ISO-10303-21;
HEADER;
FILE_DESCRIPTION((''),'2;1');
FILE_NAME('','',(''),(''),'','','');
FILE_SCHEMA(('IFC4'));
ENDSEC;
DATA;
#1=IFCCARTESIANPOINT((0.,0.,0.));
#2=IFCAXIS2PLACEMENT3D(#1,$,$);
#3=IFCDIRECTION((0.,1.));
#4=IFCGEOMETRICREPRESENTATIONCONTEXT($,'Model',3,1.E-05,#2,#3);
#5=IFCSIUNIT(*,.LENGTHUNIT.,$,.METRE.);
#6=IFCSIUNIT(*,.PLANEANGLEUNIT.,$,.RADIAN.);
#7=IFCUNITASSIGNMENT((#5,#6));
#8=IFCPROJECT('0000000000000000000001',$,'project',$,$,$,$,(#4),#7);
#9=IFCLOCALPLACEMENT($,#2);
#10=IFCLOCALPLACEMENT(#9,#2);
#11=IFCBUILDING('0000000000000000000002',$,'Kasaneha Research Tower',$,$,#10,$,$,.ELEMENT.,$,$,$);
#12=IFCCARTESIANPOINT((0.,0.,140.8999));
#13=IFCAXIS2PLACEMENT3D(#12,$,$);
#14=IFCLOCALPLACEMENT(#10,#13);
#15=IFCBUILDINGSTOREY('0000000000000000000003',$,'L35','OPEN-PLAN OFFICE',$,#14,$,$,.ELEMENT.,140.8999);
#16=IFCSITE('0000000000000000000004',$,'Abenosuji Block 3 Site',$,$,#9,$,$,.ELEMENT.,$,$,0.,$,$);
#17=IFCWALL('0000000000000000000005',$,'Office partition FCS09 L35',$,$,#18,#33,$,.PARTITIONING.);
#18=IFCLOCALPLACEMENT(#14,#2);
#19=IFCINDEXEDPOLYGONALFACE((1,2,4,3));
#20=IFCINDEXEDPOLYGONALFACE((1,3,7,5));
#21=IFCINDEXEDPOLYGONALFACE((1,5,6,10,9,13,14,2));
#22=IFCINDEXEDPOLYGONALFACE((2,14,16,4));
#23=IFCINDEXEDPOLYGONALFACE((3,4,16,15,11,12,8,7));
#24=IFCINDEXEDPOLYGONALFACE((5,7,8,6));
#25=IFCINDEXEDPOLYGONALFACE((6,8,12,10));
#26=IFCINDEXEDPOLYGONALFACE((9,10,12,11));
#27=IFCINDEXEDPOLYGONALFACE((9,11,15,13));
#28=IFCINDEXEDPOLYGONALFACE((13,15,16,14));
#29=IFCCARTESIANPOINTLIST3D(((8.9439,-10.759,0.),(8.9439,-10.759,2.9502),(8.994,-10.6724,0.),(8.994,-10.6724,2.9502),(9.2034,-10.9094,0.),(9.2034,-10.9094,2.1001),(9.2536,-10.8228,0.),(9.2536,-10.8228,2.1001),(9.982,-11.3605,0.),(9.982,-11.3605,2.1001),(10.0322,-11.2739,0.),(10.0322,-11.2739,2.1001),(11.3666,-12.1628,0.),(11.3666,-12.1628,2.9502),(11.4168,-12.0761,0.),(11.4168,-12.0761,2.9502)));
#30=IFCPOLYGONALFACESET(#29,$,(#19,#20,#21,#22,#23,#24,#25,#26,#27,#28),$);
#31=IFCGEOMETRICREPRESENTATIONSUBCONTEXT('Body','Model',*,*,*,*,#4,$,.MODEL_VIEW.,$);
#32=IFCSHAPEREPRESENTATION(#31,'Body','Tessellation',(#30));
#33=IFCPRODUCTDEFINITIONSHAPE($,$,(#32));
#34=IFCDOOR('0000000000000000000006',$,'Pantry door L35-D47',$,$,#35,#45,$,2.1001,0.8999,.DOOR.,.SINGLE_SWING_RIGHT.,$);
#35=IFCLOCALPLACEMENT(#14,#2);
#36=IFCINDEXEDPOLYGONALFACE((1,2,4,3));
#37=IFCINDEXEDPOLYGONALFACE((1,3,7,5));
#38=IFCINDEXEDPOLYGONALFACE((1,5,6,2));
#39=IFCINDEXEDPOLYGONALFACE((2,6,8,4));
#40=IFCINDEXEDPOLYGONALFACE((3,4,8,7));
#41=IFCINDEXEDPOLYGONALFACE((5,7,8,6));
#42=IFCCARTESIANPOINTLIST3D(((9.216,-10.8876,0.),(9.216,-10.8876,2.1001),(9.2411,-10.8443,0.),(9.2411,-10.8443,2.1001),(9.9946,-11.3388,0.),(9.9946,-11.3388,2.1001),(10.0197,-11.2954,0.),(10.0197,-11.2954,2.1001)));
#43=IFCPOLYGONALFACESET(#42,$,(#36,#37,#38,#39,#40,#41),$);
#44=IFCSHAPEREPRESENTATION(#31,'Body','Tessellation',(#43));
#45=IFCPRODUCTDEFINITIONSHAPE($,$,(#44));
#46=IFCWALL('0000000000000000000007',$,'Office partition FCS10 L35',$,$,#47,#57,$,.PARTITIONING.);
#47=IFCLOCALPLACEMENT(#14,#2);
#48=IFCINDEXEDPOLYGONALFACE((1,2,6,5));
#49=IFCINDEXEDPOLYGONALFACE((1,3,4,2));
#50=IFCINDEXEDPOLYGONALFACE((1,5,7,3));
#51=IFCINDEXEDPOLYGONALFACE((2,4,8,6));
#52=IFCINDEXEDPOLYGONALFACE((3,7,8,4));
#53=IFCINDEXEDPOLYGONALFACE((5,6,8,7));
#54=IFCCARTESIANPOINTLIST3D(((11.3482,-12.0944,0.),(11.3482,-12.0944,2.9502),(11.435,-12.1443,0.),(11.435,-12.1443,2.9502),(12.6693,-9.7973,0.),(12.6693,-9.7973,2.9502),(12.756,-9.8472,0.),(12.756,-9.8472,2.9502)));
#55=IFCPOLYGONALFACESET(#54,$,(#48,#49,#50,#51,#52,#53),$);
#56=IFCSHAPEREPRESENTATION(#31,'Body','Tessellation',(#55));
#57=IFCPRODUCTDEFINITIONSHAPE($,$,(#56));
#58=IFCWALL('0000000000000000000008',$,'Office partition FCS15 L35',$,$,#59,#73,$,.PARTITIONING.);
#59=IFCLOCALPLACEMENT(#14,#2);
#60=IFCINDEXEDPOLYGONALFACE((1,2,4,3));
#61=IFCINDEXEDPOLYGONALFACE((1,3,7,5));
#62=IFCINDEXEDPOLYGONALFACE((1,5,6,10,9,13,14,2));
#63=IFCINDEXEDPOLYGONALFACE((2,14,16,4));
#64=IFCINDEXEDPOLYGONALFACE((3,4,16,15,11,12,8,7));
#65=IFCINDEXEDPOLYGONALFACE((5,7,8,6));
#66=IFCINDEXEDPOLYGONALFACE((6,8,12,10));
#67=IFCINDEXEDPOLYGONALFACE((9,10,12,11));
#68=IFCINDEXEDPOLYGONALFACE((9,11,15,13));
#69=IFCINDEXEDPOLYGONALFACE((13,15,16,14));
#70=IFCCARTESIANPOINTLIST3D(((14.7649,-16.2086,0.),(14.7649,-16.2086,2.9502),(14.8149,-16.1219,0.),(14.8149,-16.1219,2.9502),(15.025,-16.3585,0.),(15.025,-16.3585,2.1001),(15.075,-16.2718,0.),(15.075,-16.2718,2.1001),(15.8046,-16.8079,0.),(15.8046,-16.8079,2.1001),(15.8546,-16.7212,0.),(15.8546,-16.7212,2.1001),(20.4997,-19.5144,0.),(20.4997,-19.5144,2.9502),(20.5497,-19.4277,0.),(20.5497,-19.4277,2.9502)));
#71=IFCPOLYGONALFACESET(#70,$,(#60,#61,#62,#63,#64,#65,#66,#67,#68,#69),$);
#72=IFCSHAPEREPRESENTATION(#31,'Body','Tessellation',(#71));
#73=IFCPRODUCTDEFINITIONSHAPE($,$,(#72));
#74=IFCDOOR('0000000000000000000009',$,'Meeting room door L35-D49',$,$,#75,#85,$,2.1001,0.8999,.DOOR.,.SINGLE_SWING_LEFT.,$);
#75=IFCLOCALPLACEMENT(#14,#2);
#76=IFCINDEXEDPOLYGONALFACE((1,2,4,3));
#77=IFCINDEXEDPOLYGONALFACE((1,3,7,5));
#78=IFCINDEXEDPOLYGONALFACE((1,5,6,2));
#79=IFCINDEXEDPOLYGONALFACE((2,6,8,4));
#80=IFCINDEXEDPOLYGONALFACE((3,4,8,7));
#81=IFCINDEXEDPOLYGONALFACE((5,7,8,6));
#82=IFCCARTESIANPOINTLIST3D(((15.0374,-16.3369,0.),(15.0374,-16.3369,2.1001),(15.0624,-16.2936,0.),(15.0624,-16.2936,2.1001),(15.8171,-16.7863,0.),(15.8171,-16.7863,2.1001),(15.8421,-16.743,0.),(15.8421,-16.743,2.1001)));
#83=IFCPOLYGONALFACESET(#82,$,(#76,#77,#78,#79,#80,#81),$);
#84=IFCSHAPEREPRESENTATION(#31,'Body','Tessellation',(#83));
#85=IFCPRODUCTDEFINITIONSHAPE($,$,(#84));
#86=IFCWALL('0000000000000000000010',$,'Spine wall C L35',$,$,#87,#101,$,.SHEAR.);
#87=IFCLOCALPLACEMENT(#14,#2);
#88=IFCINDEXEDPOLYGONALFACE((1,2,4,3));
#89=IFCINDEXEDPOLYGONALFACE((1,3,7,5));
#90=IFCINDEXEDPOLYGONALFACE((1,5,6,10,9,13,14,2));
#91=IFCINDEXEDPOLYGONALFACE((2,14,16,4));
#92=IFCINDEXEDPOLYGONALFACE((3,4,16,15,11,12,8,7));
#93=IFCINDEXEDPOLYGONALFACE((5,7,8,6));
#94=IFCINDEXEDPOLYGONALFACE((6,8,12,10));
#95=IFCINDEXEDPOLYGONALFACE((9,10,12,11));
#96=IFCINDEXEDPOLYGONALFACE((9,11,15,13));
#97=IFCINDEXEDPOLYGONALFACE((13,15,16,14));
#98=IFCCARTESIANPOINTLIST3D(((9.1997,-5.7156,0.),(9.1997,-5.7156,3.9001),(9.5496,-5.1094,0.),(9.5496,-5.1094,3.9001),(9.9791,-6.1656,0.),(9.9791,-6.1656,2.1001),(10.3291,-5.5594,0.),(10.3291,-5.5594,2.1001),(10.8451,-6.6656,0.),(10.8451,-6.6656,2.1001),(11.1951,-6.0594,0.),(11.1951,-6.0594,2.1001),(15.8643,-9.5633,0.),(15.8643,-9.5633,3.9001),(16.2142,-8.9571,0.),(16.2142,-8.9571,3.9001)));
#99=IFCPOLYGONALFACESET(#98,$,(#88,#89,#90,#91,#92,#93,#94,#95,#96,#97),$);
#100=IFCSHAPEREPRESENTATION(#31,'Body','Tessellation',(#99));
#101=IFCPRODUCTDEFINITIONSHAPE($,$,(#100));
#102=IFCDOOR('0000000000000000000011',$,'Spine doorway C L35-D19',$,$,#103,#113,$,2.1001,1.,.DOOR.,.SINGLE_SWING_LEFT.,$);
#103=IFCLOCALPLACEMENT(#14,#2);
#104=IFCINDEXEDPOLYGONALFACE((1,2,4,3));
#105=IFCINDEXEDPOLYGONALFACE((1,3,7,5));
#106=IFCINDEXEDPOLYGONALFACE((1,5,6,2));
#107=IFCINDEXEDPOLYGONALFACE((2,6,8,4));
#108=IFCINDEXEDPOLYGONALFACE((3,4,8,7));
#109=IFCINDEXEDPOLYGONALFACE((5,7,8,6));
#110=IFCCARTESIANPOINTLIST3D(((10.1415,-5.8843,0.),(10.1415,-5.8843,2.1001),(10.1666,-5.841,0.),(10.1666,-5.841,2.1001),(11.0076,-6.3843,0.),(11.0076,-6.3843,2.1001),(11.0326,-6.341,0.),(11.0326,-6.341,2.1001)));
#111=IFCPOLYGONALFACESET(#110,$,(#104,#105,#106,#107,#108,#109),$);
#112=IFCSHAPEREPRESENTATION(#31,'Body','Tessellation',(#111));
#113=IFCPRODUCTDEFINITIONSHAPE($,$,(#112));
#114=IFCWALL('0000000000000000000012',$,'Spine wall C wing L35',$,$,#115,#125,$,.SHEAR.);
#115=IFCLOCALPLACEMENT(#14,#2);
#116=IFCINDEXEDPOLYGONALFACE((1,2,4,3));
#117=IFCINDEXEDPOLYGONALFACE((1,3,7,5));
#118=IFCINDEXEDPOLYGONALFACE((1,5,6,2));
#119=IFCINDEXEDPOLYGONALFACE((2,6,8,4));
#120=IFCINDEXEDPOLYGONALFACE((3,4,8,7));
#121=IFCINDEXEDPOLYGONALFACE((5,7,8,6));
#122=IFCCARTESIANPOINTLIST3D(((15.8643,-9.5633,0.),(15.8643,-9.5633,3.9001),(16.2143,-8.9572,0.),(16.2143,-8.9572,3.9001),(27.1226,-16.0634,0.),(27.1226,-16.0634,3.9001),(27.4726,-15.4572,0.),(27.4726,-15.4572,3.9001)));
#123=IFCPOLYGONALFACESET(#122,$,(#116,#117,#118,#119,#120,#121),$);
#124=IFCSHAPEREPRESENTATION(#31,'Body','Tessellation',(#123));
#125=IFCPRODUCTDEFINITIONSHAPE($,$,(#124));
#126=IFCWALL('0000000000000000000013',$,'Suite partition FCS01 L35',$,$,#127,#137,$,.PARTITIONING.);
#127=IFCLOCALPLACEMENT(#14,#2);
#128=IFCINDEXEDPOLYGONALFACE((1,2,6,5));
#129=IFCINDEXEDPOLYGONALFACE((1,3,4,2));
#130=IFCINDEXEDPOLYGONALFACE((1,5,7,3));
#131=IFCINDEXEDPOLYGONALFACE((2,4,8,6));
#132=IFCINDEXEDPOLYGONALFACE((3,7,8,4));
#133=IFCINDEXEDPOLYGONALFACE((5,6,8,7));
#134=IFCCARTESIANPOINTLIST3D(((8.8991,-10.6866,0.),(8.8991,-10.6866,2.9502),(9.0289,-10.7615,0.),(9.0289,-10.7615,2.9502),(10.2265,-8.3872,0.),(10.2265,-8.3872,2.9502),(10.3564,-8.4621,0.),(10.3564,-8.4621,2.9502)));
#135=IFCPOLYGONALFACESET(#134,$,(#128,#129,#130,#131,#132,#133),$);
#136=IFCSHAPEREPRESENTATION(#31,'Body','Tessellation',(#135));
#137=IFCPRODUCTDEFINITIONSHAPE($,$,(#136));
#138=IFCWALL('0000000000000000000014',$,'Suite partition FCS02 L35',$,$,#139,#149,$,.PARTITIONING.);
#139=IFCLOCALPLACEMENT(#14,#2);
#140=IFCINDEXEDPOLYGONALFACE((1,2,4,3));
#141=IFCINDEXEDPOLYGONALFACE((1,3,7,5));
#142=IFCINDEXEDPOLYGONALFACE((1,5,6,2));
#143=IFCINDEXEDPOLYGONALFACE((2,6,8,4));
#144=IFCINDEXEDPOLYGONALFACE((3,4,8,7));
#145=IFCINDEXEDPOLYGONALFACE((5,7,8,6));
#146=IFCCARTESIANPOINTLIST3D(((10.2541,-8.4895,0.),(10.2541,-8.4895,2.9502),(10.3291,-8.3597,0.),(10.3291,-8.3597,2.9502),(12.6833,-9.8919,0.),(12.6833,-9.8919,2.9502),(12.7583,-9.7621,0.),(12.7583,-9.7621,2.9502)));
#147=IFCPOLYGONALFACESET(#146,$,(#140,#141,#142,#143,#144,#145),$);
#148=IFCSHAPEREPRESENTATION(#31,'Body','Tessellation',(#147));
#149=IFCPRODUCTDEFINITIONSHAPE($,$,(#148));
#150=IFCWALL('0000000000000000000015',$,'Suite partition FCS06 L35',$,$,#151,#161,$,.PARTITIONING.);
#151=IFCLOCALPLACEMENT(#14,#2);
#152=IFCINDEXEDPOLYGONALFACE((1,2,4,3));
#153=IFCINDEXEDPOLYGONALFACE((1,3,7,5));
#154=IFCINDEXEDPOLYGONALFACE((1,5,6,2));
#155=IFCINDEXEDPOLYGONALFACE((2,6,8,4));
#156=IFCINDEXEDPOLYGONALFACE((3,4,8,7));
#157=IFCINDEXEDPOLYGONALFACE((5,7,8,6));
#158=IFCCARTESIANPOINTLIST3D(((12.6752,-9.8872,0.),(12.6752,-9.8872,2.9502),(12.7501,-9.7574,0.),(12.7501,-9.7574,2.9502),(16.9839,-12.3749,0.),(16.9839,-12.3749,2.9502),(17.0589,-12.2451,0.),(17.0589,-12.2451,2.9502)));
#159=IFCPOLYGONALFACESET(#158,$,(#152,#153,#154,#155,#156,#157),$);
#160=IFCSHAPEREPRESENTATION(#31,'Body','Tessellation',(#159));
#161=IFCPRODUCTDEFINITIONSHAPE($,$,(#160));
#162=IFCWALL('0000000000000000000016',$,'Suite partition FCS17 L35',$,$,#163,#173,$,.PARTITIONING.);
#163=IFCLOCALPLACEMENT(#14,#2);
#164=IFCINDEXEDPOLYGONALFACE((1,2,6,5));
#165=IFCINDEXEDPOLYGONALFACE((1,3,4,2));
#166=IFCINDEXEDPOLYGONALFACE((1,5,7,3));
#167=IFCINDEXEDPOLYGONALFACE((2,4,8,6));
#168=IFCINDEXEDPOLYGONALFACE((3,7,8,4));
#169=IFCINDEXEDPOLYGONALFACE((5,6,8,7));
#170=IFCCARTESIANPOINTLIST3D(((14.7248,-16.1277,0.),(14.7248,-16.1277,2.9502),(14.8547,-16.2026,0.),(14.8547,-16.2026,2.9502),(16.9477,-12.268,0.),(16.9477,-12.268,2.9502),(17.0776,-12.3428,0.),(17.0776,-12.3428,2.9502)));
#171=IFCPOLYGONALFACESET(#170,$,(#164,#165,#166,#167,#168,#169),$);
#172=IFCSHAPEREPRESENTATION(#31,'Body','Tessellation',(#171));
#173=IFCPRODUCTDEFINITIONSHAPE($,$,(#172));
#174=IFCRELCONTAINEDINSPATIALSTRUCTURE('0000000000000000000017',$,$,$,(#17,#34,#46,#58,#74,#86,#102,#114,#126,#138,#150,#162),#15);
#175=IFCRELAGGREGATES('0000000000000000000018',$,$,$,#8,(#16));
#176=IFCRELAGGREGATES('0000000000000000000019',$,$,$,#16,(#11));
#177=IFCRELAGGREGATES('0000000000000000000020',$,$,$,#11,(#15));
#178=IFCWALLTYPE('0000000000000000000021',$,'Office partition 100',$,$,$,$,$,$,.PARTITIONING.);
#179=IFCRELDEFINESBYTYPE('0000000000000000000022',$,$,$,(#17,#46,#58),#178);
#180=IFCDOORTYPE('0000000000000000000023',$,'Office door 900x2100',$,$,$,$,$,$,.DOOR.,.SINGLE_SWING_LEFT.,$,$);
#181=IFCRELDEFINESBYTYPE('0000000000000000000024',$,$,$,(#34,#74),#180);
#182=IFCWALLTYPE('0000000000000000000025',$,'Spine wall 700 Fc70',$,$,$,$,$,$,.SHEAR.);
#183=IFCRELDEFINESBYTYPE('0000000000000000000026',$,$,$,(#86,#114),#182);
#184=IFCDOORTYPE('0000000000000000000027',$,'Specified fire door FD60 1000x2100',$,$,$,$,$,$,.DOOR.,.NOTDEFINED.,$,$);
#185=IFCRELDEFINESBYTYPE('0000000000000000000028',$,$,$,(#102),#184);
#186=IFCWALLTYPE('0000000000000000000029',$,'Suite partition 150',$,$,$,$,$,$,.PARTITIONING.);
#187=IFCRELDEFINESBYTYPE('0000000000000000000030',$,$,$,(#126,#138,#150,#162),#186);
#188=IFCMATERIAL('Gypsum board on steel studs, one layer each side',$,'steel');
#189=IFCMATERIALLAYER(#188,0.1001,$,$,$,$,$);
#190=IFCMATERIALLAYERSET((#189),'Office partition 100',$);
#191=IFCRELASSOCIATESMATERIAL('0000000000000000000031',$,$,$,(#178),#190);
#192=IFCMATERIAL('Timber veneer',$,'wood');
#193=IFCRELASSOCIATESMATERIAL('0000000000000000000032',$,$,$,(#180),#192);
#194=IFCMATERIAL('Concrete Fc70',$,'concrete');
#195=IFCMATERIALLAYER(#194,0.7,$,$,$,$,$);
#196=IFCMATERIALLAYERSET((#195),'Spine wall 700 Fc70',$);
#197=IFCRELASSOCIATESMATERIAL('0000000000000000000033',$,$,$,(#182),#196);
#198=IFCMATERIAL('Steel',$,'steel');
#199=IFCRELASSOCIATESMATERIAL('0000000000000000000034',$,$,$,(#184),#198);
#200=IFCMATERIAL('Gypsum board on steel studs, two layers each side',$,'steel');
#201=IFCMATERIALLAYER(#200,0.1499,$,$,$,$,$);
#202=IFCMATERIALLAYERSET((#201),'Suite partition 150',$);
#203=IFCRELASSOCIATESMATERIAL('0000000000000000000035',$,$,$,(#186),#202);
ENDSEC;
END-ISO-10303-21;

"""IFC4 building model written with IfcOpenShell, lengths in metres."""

from ifc_helpers import new_model, si_unit, direction, frame, frame_2d, origin, place, context, subcontext, project, spatial, rectangle, extrude, material, layer, layer_set, type_object, element, fill, save


model = new_model("IFC4")

# Units and contexts
model_context = context("Model", 3, precision=1e-05, world=origin(), true_north=direction((0.0, 1.0)))
body_context = subcontext(model_context, "Body", "Model", "MODEL_VIEW")
ifc_project = project(units=[si_unit("LENGTHUNIT", "METRE"), si_unit("PLANEANGLEUNIT", "RADIAN")], contexts=[model_context])

# Site, building, storey
site_placement = place(None, origin())
site = spatial("IfcSite", under=ifc_project, at=site_placement, Name="Abenosuji Block 3 Site", CompositionType="ELEMENT", RefElevation=0.0)
building_placement = place(site_placement, origin())
building = spatial("IfcBuilding", under=site, at=building_placement, Name="Kasaneha Research Tower", CompositionType="ELEMENT")
storey_placement = place(building_placement, frame((0.0, 0.0, 140.8999)))
storey = spatial("IfcBuildingStorey", under=building, at=storey_placement, Name="L35", Description="OPEN-PLAN OFFICE", CompositionType="ELEMENT", Elevation=140.8999)

# Wall, opening, door
ifc_material_1 = material(Name="Gypsum board on steel studs, one layer each side", Category="steel")
ifc_layer_1 = layer(ifc_material_1, 0.1001)
ifc_layer_set_1 = layer_set([ifc_layer_1], Name="Office partition 100")
wall_type_1 = type_object("IfcWallType", Name="Office partition 100", PredefinedType="PARTITIONING", material=ifc_layer_set_1)
wall_1_placement = place(storey_placement, frame((11.3916, -12.1194, 0.0), z_axis=(0.0, 0.0, 1.0), x_axis=(-0.865255, 0.501332, 0.0)))
wall_1 = element("IfcWall", 1, at=wall_1_placement, inside=storey, type_object=wall_type_1, Name="Office partition FCS09 L35", PredefinedType="PARTITIONING", context=body_context, shape_type="SweptSolid", body=[
    extrude(rectangle(XDim=2.8, YDim=0.1001, at=frame_2d((1.3999, 0.0))), origin(), (0.0, 0.0, 1.0), 2.9502),
])
opening_1_placement = place(wall_1_placement, frame((1.6001, 0.0, 0.0)))
opening_1 = element("IfcOpeningElement", 2, at=opening_1_placement, cuts=wall_1, PredefinedType="OPENING", context=body_context, shape_type="SweptSolid", body=[
    extrude(rectangle(XDim=0.8999, YDim=2.1001, at=frame_2d((0.45, 1.05))), frame((0.0, 0.0601, 0.0), z_axis=(0.0, -1.0, 0.0), x_axis=(1.0, 0.0, 0.0)), (0.0, 0.0, 1.0), 0.1201),
])
ifc_material_2 = material(Name="Timber veneer", Category="wood")
door_type_1 = type_object("IfcDoorType", Name="Office door 900x2100", OperationType="SINGLE_SWING_LEFT", PredefinedType="DOOR", material=ifc_material_2)
door_1_placement = place(opening_1_placement, origin())
door_1 = element("IfcDoor", 3, at=door_1_placement, inside=storey, type_object=door_type_1, Name="Pantry door L35-D47", OperationType="SINGLE_SWING_RIGHT", OverallHeight=2.1001, OverallWidth=0.8999, PredefinedType="DOOR", context=body_context, shape_type="SweptSolid", body=[
    extrude(rectangle(XDim=0.8999, YDim=2.1001, at=frame_2d((0.45, 1.05))), frame((0.0, 0.0249, 0.0), z_axis=(0.0, -1.0, 0.0), x_axis=(1.0, 0.0, 0.0)), (0.0, 0.0, 1.0), 0.05),
])
fill(opening_1, door_1)

# Wall
wall_2_placement = place(storey_placement, frame((12.7126, -9.8223, 0.0), z_axis=(0.0, 0.0, 1.0), x_axis=(-0.498528, -0.866873, 0.0)))
element("IfcWall", 4, at=wall_2_placement, inside=storey, type_object=wall_type_1, Name="Office partition FCS10 L35", PredefinedType="PARTITIONING", context=body_context, shape_type="SweptSolid", body=[
    extrude(rectangle(XDim=2.6499, YDim=0.1001, at=frame_2d((1.325, 0.0))), origin(), (0.0, 0.0, 1.0), 2.9502),
])

# Walls, openings, doors
wall_3_placement = place(storey_placement, frame((14.79, -16.1653, 0.0), z_axis=(0.0, 0.0, 1.0), x_axis=(0.86636, -0.49942, 0.0)))
wall_3 = element("IfcWall", 5, at=wall_3_placement, inside=storey, type_object=wall_type_1, Name="Office partition FCS15 L35", PredefinedType="PARTITIONING", context=body_context, shape_type="SweptSolid", body=[
    extrude(rectangle(XDim=6.6194, YDim=0.1001, at=frame_2d((3.3096, 0.0))), origin(), (0.0, 0.0, 1.0), 2.9502),
])
opening_2_placement = place(wall_3_placement, frame((0.3, 0.0, 0.0)))
opening_2 = element("IfcOpeningElement", 6, at=opening_2_placement, cuts=wall_3, PredefinedType="OPENING", context=body_context, shape_type="SweptSolid", body=[
    extrude(rectangle(XDim=0.8999, YDim=2.1001, at=frame_2d((0.45, 1.05))), frame((0.0, 0.0601, 0.0), z_axis=(0.0, -1.0, 0.0), x_axis=(1.0, 0.0, 0.0)), (0.0, 0.0, 1.0), 0.1201),
])
door_2_placement = place(opening_2_placement, origin())
door_2 = element("IfcDoor", 7, at=door_2_placement, inside=storey, type_object=door_type_1, Name="Meeting room door L35-D49", OperationType="SINGLE_SWING_LEFT", OverallHeight=2.1001, OverallWidth=0.8999, PredefinedType="DOOR", context=body_context, shape_type="SweptSolid", body=[
    extrude(rectangle(XDim=0.8999, YDim=2.1001, at=frame_2d((0.45, 1.05))), frame((0.0, 0.0249, 0.0), z_axis=(0.0, -1.0, 0.0), x_axis=(1.0, 0.0, 0.0)), (0.0, 0.0, 1.0), 0.05),
])
fill(opening_2, door_2)
ifc_material_3 = material(Name="Concrete Fc70", Category="concrete")
ifc_layer_2 = layer(ifc_material_3, 0.7)
ifc_layer_set_2 = layer_set([ifc_layer_2], Name="Spine wall 700 Fc70")
wall_type_2 = type_object("IfcWallType", Name="Spine wall 700 Fc70", PredefinedType="SHEAR", material=ifc_layer_set_2)
wall_4_placement = place(storey_placement, frame((9.3748, -5.4126, 0.0), z_axis=(0.0, 0.0, 1.0), x_axis=(0.866032, -0.499988, 0.0)))
wall_4 = element("IfcWall", 8, at=wall_4_placement, inside=storey, type_object=wall_type_2, Name="Spine wall C L35", PredefinedType="SHEAR", context=body_context, shape_type="SweptSolid", body=[
    extrude(rectangle(XDim=7.6956, YDim=0.7, at=frame_2d((3.8477, 0.0))), origin(), (0.0, 0.0, 1.0), 3.9001),
])
opening_3_placement = place(wall_4_placement, frame((0.8999, 0.0, 0.0)))
opening_3 = element("IfcOpeningElement", 9, at=opening_3_placement, cuts=wall_4, PredefinedType="OPENING", context=body_context, shape_type="SweptSolid", body=[
    extrude(rectangle(XDim=1.0, YDim=2.1001, at=frame_2d((0.5, 1.05))), frame((0.0, 0.3599, 0.0), z_axis=(0.0, -1.0, 0.0), x_axis=(1.0, 0.0, 0.0)), (0.0, 0.0, 1.0), 0.72),
])
ifc_material_4 = material(Name="Steel", Category="steel")
door_type_2 = type_object("IfcDoorType", Name="Specified fire door FD60 1000x2100", OperationType="NOTDEFINED", PredefinedType="DOOR", material=ifc_material_4)
door_3_placement = place(opening_3_placement, origin())
door_3 = element("IfcDoor", 10, at=door_3_placement, inside=storey, type_object=door_type_2, Name="Spine doorway C L35-D19", OperationType="SINGLE_SWING_LEFT", OverallHeight=2.1001, OverallWidth=1.0, PredefinedType="DOOR", context=body_context, shape_type="SweptSolid", body=[
    extrude(rectangle(XDim=1.0, YDim=2.1001, at=frame_2d((0.5, 1.05))), frame((0.0, 0.0249, 0.0), z_axis=(0.0, -1.0, 0.0), x_axis=(1.0, 0.0, 0.0)), (0.0, 0.0, 1.0), 0.05),
])
fill(opening_3, door_3)

# Walls
wall_5_placement = place(storey_placement, frame((16.0393, -9.2603, 0.0), z_axis=(0.0, 0.0, 1.0), x_axis=(0.866025, -0.500001, 0.0)))
element("IfcWall", 11, at=wall_5_placement, inside=storey, type_object=wall_type_2, Name="Spine wall C wing L35", PredefinedType="SHEAR", context=body_context, shape_type="SweptSolid", body=[
    extrude(rectangle(XDim=13.0, YDim=0.7, at=frame_2d((6.5, 0.0))), origin(), (0.0, 0.0, 1.0), 3.9001),
])
ifc_material_5 = material(Name="Gypsum board on steel studs, two layers each side", Category="steel")
ifc_layer_3 = layer(ifc_material_5, 0.1499)
ifc_layer_set_3 = layer_set([ifc_layer_3], Name="Suite partition 150")
wall_type_3 = type_object("IfcWallType", Name="Suite partition 150", PredefinedType="PARTITIONING", material=ifc_layer_set_3)
wall_6_placement = place(storey_placement, frame((10.2915, -8.4246, 0.0), z_axis=(0.0, 0.0, 1.0), x_axis=(-0.499967, -0.866045, 0.0)))
element("IfcWall", 12, at=wall_6_placement, inside=storey, type_object=wall_type_3, Name="Suite partition FCS01 L35", PredefinedType="PARTITIONING", context=body_context, shape_type="SweptSolid", body=[
    extrude(rectangle(XDim=2.655, YDim=0.1499, at=frame_2d((1.3276, 0.0))), origin(), (0.0, 0.0, 1.0), 2.9502),
])
wall_7_placement = place(storey_placement, frame((12.7207, -9.8269, 0.0), z_axis=(0.0, 0.0, 1.0), x_axis=(-0.866049, 0.499959, 0.0)))
element("IfcWall", 13, at=wall_7_placement, inside=storey, type_object=wall_type_3, Name="Suite partition FCS02 L35", PredefinedType="PARTITIONING", context=body_context, shape_type="SweptSolid", body=[
    extrude(rectangle(XDim=2.8049, YDim=0.1499, at=frame_2d((1.4023, 0.0))), origin(), (0.0, 0.0, 1.0), 2.9502),
])
wall_8_placement = place(storey_placement, frame((17.0215, -12.3101, 0.0), z_axis=(0.0, 0.0, 1.0), x_axis=(-0.866018, 0.500013, 0.0)))
element("IfcWall", 14, at=wall_8_placement, inside=storey, type_object=wall_type_3, Name="Suite partition FCS06 L35", PredefinedType="PARTITIONING", context=body_context, shape_type="SweptSolid", body=[
    extrude(rectangle(XDim=4.9753, YDim=0.1499, at=frame_2d((2.4878, 0.0))), origin(), (0.0, 0.0, 1.0), 2.9502),
])
wall_9_placement = place(storey_placement, frame((17.0127, -12.3054, 0.0), z_axis=(0.0, 0.0, 1.0), x_axis=(-0.499082, -0.866555, 0.0)))
element("IfcWall", 15, at=wall_9_placement, inside=storey, type_object=wall_type_3, Name="Suite partition FCS17 L35", PredefinedType="PARTITIONING", context=body_context, shape_type="SweptSolid", body=[
    extrude(rectangle(XDim=4.4541, YDim=0.1499, at=frame_2d((2.2271, 0.0))), origin(), (0.0, 0.0, 1.0), 2.9502),
])

save(model, "model.ifc")
